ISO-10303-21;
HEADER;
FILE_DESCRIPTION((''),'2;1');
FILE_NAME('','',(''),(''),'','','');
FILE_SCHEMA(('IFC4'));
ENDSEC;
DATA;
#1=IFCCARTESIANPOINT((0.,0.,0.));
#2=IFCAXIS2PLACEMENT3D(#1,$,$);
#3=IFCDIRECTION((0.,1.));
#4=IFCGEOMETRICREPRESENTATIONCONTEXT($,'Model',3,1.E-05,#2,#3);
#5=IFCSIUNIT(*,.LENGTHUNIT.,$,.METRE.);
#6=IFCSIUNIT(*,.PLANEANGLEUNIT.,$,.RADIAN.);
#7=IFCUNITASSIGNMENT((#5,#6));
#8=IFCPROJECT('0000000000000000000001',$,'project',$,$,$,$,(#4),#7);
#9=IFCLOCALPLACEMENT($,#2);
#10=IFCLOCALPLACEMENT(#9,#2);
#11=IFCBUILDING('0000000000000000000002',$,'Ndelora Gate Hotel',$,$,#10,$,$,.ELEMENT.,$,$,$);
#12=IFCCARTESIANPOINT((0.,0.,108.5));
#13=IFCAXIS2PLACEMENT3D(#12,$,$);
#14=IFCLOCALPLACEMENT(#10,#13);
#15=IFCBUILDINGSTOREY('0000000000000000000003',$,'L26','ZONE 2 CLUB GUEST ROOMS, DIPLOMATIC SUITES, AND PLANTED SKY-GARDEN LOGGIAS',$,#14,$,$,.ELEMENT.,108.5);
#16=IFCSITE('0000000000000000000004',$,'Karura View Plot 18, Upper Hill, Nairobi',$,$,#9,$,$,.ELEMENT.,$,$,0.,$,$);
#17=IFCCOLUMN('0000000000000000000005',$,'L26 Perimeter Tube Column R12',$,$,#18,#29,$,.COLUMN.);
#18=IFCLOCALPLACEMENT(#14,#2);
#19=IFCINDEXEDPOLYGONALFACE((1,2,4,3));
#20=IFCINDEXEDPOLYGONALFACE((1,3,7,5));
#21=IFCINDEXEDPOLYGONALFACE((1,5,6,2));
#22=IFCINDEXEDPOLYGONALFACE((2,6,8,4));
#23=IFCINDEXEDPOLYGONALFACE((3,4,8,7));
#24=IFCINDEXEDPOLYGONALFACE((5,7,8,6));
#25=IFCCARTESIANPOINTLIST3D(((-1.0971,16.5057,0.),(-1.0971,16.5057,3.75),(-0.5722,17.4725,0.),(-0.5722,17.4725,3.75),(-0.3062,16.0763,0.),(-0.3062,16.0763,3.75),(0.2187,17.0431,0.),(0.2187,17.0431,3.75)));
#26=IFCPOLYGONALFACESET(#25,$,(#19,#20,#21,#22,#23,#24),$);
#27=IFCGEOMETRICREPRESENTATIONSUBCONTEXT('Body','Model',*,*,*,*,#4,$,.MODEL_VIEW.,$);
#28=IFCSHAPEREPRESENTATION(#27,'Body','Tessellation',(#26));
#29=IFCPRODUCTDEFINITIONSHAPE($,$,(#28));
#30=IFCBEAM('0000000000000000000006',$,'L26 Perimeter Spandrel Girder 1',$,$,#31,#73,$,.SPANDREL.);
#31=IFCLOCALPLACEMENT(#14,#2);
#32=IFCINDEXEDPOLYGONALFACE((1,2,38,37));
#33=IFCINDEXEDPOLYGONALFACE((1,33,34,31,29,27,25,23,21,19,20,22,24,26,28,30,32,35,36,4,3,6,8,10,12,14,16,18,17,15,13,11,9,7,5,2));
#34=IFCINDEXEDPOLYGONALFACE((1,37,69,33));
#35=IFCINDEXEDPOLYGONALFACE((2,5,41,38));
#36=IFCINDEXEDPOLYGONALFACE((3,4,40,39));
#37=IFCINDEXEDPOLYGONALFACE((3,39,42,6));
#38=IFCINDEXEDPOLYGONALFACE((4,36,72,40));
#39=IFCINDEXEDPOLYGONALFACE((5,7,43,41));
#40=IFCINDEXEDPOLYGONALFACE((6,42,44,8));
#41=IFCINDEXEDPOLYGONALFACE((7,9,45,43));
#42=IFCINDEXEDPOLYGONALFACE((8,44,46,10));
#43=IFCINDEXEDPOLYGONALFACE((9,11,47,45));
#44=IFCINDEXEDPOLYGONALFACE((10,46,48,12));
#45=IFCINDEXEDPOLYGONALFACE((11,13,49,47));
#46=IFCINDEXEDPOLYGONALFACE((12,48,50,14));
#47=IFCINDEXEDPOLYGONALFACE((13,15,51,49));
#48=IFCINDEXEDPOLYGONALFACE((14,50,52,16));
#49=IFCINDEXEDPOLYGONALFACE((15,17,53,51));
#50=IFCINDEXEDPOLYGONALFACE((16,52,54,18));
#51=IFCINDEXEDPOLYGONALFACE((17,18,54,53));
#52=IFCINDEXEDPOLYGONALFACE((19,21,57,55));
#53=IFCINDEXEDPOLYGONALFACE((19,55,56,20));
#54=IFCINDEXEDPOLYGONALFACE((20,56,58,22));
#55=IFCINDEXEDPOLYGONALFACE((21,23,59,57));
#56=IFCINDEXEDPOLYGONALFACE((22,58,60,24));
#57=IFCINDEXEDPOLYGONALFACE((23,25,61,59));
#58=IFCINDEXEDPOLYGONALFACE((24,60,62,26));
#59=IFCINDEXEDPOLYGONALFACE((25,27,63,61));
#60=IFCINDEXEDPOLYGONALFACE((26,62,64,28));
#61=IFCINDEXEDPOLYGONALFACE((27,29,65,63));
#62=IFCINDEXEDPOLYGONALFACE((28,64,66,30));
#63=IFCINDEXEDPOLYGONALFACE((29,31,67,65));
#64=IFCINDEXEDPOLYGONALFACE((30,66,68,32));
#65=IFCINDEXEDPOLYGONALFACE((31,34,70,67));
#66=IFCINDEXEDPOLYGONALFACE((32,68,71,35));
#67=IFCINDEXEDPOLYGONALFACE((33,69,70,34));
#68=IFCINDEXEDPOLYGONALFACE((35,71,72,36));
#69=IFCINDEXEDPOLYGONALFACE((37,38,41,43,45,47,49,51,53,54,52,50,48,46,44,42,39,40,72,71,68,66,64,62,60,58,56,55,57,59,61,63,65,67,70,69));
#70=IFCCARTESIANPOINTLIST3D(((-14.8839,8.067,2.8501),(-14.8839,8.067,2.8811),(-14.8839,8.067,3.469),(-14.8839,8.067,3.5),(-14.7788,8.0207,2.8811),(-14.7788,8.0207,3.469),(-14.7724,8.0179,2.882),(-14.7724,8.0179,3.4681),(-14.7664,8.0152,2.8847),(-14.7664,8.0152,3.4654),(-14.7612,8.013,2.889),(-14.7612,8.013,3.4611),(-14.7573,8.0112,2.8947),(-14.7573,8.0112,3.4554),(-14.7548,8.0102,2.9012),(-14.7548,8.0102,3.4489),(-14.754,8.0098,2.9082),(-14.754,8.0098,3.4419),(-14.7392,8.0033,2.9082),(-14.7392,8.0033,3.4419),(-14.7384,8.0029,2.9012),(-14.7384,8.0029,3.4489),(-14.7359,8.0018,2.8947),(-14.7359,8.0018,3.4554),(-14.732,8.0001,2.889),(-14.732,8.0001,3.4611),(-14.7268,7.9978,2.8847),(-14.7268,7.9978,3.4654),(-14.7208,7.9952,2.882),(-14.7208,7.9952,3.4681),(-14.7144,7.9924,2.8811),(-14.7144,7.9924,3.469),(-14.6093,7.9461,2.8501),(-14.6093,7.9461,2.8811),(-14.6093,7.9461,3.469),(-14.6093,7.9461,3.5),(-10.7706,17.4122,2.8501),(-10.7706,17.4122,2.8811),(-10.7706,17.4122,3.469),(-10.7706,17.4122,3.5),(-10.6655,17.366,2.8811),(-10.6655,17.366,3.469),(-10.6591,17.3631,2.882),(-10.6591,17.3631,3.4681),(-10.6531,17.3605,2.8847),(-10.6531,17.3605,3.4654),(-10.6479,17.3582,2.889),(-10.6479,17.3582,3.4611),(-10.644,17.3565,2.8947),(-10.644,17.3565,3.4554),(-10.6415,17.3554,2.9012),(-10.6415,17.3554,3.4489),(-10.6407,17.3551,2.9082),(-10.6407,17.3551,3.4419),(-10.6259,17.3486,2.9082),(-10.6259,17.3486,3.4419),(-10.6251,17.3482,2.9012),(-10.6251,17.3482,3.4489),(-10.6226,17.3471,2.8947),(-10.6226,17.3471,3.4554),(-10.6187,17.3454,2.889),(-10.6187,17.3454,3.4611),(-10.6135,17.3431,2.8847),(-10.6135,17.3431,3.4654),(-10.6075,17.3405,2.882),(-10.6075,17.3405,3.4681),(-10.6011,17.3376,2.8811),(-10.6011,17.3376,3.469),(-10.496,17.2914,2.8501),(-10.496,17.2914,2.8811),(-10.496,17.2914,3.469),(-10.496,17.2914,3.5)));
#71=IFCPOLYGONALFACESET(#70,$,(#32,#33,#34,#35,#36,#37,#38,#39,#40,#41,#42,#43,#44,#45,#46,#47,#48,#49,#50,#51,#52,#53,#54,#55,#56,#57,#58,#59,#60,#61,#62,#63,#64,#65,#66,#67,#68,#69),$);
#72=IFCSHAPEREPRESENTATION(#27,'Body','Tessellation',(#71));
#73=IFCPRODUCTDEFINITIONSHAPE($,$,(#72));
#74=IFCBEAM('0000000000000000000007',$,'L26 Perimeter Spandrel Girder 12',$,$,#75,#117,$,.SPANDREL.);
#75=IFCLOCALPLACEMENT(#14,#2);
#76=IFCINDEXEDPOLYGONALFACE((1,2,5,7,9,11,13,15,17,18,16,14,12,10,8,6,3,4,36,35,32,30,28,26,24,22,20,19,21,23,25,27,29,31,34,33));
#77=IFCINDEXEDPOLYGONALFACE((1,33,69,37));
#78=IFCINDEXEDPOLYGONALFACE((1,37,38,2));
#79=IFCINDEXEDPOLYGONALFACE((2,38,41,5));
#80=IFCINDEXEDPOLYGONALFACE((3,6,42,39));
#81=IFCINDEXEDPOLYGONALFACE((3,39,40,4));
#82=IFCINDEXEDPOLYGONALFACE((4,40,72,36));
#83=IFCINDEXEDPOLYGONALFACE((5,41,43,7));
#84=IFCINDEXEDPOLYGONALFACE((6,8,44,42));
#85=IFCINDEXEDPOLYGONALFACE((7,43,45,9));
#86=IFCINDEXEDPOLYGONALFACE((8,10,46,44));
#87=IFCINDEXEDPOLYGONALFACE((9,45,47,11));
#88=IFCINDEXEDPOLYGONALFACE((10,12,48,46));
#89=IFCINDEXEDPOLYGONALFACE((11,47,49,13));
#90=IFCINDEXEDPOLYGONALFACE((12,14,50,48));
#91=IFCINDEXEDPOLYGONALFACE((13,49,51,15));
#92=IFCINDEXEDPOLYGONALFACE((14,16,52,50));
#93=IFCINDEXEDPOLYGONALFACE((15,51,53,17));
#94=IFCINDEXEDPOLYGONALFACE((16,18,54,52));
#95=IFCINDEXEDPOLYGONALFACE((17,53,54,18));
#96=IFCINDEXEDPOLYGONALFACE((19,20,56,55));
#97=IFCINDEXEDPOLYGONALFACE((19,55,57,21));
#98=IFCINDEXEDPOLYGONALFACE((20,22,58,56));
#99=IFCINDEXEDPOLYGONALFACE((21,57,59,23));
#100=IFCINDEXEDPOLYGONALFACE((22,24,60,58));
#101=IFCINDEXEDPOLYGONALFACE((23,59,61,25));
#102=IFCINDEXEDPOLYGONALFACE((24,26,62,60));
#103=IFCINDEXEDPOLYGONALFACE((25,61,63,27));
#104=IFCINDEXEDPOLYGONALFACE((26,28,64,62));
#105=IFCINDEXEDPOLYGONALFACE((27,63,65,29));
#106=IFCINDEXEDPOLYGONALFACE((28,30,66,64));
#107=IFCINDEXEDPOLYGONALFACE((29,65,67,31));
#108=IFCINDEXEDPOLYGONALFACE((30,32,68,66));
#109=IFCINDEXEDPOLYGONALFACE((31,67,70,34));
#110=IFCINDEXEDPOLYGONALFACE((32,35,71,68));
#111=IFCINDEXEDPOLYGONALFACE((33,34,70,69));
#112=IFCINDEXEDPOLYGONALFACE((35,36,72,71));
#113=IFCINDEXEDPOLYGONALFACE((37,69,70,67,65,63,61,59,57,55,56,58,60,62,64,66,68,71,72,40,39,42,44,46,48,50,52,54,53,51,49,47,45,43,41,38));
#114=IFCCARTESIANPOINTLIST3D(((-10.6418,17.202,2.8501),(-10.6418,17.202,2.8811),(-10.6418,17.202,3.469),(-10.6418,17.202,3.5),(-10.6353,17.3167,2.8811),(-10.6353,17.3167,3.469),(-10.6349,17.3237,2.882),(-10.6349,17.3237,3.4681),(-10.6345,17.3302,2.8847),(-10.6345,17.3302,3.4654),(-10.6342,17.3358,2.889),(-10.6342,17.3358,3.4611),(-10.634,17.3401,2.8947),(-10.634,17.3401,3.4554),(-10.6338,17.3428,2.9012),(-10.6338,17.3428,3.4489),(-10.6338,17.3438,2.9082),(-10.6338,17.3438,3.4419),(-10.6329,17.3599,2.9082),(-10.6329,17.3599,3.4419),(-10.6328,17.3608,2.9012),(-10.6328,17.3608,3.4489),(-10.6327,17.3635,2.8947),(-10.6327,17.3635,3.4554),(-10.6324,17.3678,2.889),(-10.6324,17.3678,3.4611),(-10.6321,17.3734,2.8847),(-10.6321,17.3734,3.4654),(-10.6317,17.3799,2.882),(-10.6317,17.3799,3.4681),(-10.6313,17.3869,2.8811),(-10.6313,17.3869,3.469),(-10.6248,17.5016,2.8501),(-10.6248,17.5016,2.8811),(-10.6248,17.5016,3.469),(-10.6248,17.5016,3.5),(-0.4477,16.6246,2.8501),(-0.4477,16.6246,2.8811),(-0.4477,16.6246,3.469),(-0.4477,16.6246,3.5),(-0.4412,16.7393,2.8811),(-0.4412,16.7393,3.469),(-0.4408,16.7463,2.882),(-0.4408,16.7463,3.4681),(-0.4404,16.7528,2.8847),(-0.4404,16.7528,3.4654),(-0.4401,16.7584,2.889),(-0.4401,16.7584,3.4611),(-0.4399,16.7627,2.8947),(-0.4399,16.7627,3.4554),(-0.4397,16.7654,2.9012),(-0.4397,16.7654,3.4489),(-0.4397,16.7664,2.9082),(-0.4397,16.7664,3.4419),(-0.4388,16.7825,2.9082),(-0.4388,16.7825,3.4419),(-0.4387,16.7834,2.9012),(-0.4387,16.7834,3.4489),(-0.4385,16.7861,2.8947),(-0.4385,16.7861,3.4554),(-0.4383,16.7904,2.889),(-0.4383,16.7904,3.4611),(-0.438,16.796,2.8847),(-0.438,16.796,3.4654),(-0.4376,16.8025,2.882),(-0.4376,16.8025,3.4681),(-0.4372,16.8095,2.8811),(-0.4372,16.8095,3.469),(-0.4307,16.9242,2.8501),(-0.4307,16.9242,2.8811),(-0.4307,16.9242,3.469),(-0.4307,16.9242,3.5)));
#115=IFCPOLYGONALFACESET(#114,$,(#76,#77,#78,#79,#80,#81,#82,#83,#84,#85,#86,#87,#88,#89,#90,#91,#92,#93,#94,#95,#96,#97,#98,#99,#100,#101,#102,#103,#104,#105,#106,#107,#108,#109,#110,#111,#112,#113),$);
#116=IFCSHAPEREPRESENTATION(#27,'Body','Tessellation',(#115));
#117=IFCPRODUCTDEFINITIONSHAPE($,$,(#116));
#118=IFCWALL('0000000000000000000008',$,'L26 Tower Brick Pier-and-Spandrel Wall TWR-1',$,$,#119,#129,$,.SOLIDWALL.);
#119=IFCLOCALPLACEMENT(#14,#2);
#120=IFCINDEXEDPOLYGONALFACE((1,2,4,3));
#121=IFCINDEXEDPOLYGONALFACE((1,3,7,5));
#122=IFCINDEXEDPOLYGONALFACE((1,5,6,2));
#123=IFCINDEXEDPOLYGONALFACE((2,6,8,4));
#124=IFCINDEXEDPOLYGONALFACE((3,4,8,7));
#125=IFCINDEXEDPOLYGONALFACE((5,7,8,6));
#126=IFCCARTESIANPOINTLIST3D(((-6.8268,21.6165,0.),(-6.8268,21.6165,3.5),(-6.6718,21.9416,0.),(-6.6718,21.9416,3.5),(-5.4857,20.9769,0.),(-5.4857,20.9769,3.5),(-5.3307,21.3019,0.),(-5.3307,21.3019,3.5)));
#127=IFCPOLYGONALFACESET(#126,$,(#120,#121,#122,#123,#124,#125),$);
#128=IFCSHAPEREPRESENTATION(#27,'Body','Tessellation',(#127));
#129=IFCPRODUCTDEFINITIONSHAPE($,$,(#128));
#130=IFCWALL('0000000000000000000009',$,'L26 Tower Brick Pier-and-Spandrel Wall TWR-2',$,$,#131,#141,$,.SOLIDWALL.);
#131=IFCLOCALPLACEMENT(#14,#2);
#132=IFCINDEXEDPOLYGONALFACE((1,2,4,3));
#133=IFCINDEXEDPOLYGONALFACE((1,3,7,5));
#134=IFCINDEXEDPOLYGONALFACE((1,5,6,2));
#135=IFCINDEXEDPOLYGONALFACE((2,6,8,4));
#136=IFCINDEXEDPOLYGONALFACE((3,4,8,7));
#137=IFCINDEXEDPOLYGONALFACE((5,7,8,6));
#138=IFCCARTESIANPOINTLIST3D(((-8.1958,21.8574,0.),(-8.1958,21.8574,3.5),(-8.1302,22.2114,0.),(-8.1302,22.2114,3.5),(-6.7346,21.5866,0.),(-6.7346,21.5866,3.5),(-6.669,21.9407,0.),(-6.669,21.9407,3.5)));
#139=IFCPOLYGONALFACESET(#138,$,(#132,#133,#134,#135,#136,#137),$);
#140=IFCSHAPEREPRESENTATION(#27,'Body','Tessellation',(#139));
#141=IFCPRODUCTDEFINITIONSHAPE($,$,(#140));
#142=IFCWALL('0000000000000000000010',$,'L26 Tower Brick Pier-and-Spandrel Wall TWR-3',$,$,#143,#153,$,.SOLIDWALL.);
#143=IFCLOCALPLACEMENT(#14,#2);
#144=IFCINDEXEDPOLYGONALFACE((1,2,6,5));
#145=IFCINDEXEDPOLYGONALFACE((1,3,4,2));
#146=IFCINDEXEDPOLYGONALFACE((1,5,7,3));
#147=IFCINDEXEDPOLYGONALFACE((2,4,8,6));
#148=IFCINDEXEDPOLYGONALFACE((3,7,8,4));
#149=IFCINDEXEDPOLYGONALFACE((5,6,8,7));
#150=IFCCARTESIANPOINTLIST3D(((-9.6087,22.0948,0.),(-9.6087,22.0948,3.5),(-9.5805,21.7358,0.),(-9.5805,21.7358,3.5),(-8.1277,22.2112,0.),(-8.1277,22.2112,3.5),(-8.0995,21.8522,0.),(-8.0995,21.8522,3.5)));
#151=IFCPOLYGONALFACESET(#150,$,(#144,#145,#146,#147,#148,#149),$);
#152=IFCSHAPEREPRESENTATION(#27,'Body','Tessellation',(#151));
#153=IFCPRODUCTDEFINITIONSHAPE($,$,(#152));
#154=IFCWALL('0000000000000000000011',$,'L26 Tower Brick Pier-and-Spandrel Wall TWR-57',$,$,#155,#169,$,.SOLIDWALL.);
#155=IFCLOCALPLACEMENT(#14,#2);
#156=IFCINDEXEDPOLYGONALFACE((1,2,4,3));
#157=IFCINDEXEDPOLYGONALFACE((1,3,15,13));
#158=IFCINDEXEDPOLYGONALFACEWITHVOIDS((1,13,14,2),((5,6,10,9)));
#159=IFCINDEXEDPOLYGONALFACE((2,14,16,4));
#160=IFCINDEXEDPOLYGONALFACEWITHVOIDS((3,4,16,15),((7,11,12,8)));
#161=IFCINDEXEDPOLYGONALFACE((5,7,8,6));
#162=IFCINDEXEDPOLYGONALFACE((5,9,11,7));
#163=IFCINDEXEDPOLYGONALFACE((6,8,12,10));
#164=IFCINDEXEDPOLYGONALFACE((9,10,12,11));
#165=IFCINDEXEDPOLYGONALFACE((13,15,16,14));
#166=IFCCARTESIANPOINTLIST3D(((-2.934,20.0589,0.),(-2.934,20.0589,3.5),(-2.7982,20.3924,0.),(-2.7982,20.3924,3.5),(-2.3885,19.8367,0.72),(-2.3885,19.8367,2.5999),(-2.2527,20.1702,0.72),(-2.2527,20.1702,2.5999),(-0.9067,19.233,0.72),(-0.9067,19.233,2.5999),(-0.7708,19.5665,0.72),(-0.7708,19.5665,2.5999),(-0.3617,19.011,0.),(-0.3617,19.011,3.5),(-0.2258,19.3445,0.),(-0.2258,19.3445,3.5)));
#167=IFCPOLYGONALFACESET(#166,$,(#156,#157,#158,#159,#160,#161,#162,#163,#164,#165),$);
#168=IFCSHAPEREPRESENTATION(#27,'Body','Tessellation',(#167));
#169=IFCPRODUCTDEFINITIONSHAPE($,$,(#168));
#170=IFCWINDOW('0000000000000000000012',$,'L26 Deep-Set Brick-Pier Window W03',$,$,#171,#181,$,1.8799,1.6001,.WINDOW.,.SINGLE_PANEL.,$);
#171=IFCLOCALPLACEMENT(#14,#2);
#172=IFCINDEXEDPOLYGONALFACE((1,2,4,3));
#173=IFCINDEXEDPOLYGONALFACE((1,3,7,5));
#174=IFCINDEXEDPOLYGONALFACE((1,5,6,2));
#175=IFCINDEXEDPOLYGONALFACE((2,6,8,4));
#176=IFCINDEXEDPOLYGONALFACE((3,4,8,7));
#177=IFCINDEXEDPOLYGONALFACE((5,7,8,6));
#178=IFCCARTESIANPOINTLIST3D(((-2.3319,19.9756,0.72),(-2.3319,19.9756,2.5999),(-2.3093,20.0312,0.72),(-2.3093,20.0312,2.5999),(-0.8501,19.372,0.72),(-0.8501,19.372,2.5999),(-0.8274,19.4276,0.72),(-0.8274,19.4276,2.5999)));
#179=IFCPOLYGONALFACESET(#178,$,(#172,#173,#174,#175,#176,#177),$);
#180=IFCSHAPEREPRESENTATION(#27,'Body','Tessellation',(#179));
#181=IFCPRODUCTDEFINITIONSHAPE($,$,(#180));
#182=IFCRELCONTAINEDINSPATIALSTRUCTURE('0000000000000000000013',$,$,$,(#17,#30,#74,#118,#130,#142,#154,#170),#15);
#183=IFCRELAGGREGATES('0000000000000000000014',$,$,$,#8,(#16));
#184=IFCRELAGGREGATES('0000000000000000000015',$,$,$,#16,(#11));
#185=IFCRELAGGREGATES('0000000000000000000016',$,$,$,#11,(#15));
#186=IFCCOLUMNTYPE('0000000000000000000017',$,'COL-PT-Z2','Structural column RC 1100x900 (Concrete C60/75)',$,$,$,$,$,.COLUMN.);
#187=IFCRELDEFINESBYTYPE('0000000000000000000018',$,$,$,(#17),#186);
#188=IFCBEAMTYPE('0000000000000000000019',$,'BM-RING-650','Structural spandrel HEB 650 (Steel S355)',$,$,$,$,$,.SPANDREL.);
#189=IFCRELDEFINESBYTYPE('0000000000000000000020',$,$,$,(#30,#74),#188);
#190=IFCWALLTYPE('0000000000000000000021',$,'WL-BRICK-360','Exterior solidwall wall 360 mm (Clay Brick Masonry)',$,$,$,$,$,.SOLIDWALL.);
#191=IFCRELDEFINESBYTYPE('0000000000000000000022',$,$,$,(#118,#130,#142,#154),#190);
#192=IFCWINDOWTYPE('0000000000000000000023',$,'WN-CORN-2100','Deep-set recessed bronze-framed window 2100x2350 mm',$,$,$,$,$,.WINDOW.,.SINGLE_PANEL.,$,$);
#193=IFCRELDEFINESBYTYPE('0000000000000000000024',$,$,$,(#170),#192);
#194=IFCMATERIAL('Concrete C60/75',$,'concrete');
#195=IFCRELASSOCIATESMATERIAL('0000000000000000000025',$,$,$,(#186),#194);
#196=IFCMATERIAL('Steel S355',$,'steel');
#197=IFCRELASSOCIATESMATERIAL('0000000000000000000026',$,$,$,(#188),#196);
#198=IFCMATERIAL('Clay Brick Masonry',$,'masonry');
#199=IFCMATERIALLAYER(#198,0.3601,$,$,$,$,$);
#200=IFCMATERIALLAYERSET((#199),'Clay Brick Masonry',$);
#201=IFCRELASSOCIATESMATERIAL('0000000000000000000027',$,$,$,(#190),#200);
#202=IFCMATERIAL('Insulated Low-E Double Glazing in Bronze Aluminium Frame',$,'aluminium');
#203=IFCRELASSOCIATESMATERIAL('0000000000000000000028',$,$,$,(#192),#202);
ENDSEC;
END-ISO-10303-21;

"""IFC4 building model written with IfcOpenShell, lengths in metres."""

from ifc_helpers import new_model, si_unit, direction, frame, frame_2d, origin, origin_2d, place, context, subcontext, project, spatial, rectangle, i_section, extrude, material, layer, layer_set, material_profile, profile_set, type_object, element, fill, save


model = new_model("IFC4")

# Units and contexts
model_context = context("Model", 3, precision=1e-05, world=origin(), true_north=direction((0.0, 1.0)))
body_context = subcontext(model_context, "Body", "Model", "MODEL_VIEW")
ifc_project = project(units=[si_unit("LENGTHUNIT", "METRE"), si_unit("PLANEANGLEUNIT", "RADIAN")], contexts=[model_context])

# Site, building, storey
site_placement = place(None, origin())
site = spatial("IfcSite", under=ifc_project, at=site_placement, Name="Karura View Plot 18, Upper Hill, Nairobi", CompositionType="ELEMENT", RefElevation=0.0)
building_placement = place(site_placement, origin())
building = spatial("IfcBuilding", under=site, at=building_placement, Name="Ndelora Gate Hotel", CompositionType="ELEMENT")
storey_placement = place(building_placement, frame((0.0, 0.0, 108.5)))
storey = spatial("IfcBuildingStorey", under=building, at=storey_placement, Name="L26", Description="ZONE 2 CLUB GUEST ROOMS, DIPLOMATIC SUITES, AND PLANTED SKY-GARDEN LOGGIAS", CompositionType="ELEMENT", Elevation=108.5)

# Column
ifc_material_1 = material(Name="Concrete C60/75", Category="concrete")
ifc_material_profile_1 = material_profile(ifc_material_1, rectangle(XDim=0.8999, YDim=1.1001, at=origin_2d()), Name="RC 1100x900")
ifc_profile_set_1 = profile_set([ifc_material_profile_1], Name="Concrete C60/75")
column_type = type_object("IfcColumnType", Name="COL-PT-Z2", Description="Structural column RC 1100x900 (Concrete C60/75)", PredefinedType="COLUMN", material=ifc_profile_set_1)
column_placement = place(storey_placement, frame((-0.4392, 16.7744, 0.0), z_axis=(0.0, 0.0, 1.0), x_axis=(-0.878817, 0.477159, 0.0)))
element("IfcColumn", 1, at=column_placement, inside=storey, type_object=column_type, Name="L26 Perimeter Tube Column R12", PredefinedType="COLUMN", context=body_context, shape_type="SweptSolid", body=[
    extrude(rectangle(XDim=0.8999, YDim=1.1001, at=origin_2d()), origin(), (0.0, 0.0, 1.0), 3.75),
])

# Beams
ifc_material_2 = material(Name="Steel S355", Category="steel")
ifc_material_profile_2 = material_profile(ifc_material_2, i_section(OverallWidth=0.3, OverallDepth=0.6499, WebThickness=0.0161, FlangeThickness=0.031, FilletRadius=0.0271, at=origin_2d()), Name="HEB 650")
ifc_profile_set_2 = profile_set([ifc_material_profile_2], Name="Steel S355")
beam_type = type_object("IfcBeamType", Name="BM-RING-650", Description="Structural spandrel HEB 650 (Steel S355)", PredefinedType="SPANDREL", material=ifc_profile_set_2)
for number, where, z_axis, x_axis, name in (
    (2, (-10.6333, 17.3518, 3.175), (-0.402852, -0.915265, 0.0), (0.915265, -0.402852, 0.0), "L26 Perimeter Spandrel Girder 1"),
    (3, (-0.4392, 16.7744, 3.175), (-0.9984, 0.056549, 0.0), (-0.056549, -0.9984, 0.0), "L26 Perimeter Spandrel Girder 12"),
):
    element("IfcBeam", number, at=place(storey_placement, frame(where, z_axis=z_axis, x_axis=x_axis)), inside=storey, type_object=beam_type, Name=name, PredefinedType="SPANDREL", context=body_context, shape_type="SweptSolid", body=[
        extrude(i_section(OverallWidth=0.3, OverallDepth=0.6499, WebThickness=0.0161, FlangeThickness=0.031, FilletRadius=0.0271, at=origin_2d()), origin(), (0.0, 0.0, 1.0), 10.2104),
    ])

# Walls
ifc_material_3 = material(Name="Clay Brick Masonry", Category="masonry")
ifc_layer_1 = layer(ifc_material_3, 0.3601)
ifc_layer_set_1 = layer_set([ifc_layer_1], Name="Clay Brick Masonry")
wall_type_1 = type_object("IfcWallType", Name="WL-BRICK-360", Description="Exterior solidwall wall 360 mm (Clay Brick Masonry)", PredefinedType="SOLIDWALL", material=ifc_layer_set_1)
wall_1_placement = place(storey_placement, frame((-6.7493, 21.7791, 0.0), z_axis=(0.0, 0.0, 1.0), x_axis=(0.902587, -0.430508, 0.0)))
element("IfcWall", 4, at=wall_1_placement, inside=storey, type_object=wall_type_1, Name="L26 Tower Brick Pier-and-Spandrel Wall TWR-1", PredefinedType="SOLIDWALL", context=body_context, shape_type="SweptSolid", body=[
    extrude(rectangle(XDim=1.4858, YDim=0.3601, at=frame_2d((0.7429, 0.0))), origin(), (0.0, 0.0, 1.0), 3.5),
])
wall_2_placement = place(storey_placement, frame((-8.1631, 22.0344, 0.0), z_axis=(0.0, 0.0, 1.0), x_axis=(0.983262, -0.182195, 0.0)))
element("IfcWall", 5, at=wall_2_placement, inside=storey, type_object=wall_type_1, Name="L26 Tower Brick Pier-and-Spandrel Wall TWR-2", PredefinedType="SOLIDWALL", context=body_context, shape_type="SweptSolid", body=[
    extrude(rectangle(XDim=1.4861, YDim=0.3601, at=frame_2d((0.7432, 0.0))), origin(), (0.0, 0.0, 1.0), 3.5),
])
wall_3_placement = place(storey_placement, frame((-9.5945, 21.9153, 0.0), z_axis=(0.0, 0.0, 1.0), x_axis=(0.996923, 0.078393, 0.0)))
element("IfcWall", 6, at=wall_3_placement, inside=storey, type_object=wall_type_1, Name="L26 Tower Brick Pier-and-Spandrel Wall TWR-3", PredefinedType="SOLIDWALL", context=body_context, shape_type="SweptSolid", body=[
    extrude(rectangle(XDim=1.4856, YDim=0.3601, at=frame_2d((0.7427, 0.0))), origin(), (0.0, 0.0, 1.0), 3.5),
])

# Wall, opening, window
wall_4_placement = place(storey_placement, frame((-2.866, 20.2256, 0.0), z_axis=(0.0, 0.0, 1.0), x_axis=(0.926106, -0.377263, 0.0)))
wall_4 = element("IfcWall", 7, at=wall_4_placement, inside=storey, type_object=wall_type_1, Name="L26 Tower Brick Pier-and-Spandrel Wall TWR-57", PredefinedType="SOLIDWALL", context=body_context, shape_type="SweptSolid", body=[
    extrude(rectangle(XDim=2.7776, YDim=0.3601, at=frame_2d((1.3887, 0.0))), origin(), (0.0, 0.0, 1.0), 3.5),
])
opening_1_placement = place(wall_4_placement, frame((0.5889, 0.0, 0.72)))
opening_1 = element("IfcOpeningElement", 8, at=opening_1_placement, cuts=wall_4, PredefinedType="OPENING", context=body_context, shape_type="SweptSolid", body=[
    extrude(rectangle(XDim=1.6001, YDim=1.8799, at=frame_2d((0.8, 0.9399))), frame((0.0, 0.1899, 0.0), z_axis=(0.0, -1.0, 0.0), x_axis=(1.0, 0.0, 0.0)), (0.0, 0.0, 1.0), 0.3801),
])
ifc_material_4 = material(Name="Insulated Low-E Double Glazing in Bronze Aluminium Frame", Category="aluminium")
window_type = type_object("IfcWindowType", Name="WN-CORN-2100", Description="Deep-set recessed bronze-framed window 2100x2350 mm", PartitioningType="SINGLE_PANEL", PredefinedType="WINDOW", material=ifc_material_4)
window_placement = place(opening_1_placement, origin())
window = element("IfcWindow", 9, at=window_placement, inside=storey, type_object=window_type, Name="L26 Deep-Set Brick-Pier Window W03", OverallHeight=1.8799, OverallWidth=1.6001, PartitioningType="SINGLE_PANEL", PredefinedType="WINDOW", context=body_context, shape_type="SweptSolid", body=[
    extrude(rectangle(XDim=1.6001, YDim=1.8799, at=frame_2d((0.8, 0.9399))), frame((0.0, 0.03, 0.0), z_axis=(0.0, -1.0, 0.0), x_axis=(1.0, 0.0, 0.0)), (0.0, 0.0, 1.0), 0.0601),
])
fill(opening_1, window)

save(model, "model.ifc")
